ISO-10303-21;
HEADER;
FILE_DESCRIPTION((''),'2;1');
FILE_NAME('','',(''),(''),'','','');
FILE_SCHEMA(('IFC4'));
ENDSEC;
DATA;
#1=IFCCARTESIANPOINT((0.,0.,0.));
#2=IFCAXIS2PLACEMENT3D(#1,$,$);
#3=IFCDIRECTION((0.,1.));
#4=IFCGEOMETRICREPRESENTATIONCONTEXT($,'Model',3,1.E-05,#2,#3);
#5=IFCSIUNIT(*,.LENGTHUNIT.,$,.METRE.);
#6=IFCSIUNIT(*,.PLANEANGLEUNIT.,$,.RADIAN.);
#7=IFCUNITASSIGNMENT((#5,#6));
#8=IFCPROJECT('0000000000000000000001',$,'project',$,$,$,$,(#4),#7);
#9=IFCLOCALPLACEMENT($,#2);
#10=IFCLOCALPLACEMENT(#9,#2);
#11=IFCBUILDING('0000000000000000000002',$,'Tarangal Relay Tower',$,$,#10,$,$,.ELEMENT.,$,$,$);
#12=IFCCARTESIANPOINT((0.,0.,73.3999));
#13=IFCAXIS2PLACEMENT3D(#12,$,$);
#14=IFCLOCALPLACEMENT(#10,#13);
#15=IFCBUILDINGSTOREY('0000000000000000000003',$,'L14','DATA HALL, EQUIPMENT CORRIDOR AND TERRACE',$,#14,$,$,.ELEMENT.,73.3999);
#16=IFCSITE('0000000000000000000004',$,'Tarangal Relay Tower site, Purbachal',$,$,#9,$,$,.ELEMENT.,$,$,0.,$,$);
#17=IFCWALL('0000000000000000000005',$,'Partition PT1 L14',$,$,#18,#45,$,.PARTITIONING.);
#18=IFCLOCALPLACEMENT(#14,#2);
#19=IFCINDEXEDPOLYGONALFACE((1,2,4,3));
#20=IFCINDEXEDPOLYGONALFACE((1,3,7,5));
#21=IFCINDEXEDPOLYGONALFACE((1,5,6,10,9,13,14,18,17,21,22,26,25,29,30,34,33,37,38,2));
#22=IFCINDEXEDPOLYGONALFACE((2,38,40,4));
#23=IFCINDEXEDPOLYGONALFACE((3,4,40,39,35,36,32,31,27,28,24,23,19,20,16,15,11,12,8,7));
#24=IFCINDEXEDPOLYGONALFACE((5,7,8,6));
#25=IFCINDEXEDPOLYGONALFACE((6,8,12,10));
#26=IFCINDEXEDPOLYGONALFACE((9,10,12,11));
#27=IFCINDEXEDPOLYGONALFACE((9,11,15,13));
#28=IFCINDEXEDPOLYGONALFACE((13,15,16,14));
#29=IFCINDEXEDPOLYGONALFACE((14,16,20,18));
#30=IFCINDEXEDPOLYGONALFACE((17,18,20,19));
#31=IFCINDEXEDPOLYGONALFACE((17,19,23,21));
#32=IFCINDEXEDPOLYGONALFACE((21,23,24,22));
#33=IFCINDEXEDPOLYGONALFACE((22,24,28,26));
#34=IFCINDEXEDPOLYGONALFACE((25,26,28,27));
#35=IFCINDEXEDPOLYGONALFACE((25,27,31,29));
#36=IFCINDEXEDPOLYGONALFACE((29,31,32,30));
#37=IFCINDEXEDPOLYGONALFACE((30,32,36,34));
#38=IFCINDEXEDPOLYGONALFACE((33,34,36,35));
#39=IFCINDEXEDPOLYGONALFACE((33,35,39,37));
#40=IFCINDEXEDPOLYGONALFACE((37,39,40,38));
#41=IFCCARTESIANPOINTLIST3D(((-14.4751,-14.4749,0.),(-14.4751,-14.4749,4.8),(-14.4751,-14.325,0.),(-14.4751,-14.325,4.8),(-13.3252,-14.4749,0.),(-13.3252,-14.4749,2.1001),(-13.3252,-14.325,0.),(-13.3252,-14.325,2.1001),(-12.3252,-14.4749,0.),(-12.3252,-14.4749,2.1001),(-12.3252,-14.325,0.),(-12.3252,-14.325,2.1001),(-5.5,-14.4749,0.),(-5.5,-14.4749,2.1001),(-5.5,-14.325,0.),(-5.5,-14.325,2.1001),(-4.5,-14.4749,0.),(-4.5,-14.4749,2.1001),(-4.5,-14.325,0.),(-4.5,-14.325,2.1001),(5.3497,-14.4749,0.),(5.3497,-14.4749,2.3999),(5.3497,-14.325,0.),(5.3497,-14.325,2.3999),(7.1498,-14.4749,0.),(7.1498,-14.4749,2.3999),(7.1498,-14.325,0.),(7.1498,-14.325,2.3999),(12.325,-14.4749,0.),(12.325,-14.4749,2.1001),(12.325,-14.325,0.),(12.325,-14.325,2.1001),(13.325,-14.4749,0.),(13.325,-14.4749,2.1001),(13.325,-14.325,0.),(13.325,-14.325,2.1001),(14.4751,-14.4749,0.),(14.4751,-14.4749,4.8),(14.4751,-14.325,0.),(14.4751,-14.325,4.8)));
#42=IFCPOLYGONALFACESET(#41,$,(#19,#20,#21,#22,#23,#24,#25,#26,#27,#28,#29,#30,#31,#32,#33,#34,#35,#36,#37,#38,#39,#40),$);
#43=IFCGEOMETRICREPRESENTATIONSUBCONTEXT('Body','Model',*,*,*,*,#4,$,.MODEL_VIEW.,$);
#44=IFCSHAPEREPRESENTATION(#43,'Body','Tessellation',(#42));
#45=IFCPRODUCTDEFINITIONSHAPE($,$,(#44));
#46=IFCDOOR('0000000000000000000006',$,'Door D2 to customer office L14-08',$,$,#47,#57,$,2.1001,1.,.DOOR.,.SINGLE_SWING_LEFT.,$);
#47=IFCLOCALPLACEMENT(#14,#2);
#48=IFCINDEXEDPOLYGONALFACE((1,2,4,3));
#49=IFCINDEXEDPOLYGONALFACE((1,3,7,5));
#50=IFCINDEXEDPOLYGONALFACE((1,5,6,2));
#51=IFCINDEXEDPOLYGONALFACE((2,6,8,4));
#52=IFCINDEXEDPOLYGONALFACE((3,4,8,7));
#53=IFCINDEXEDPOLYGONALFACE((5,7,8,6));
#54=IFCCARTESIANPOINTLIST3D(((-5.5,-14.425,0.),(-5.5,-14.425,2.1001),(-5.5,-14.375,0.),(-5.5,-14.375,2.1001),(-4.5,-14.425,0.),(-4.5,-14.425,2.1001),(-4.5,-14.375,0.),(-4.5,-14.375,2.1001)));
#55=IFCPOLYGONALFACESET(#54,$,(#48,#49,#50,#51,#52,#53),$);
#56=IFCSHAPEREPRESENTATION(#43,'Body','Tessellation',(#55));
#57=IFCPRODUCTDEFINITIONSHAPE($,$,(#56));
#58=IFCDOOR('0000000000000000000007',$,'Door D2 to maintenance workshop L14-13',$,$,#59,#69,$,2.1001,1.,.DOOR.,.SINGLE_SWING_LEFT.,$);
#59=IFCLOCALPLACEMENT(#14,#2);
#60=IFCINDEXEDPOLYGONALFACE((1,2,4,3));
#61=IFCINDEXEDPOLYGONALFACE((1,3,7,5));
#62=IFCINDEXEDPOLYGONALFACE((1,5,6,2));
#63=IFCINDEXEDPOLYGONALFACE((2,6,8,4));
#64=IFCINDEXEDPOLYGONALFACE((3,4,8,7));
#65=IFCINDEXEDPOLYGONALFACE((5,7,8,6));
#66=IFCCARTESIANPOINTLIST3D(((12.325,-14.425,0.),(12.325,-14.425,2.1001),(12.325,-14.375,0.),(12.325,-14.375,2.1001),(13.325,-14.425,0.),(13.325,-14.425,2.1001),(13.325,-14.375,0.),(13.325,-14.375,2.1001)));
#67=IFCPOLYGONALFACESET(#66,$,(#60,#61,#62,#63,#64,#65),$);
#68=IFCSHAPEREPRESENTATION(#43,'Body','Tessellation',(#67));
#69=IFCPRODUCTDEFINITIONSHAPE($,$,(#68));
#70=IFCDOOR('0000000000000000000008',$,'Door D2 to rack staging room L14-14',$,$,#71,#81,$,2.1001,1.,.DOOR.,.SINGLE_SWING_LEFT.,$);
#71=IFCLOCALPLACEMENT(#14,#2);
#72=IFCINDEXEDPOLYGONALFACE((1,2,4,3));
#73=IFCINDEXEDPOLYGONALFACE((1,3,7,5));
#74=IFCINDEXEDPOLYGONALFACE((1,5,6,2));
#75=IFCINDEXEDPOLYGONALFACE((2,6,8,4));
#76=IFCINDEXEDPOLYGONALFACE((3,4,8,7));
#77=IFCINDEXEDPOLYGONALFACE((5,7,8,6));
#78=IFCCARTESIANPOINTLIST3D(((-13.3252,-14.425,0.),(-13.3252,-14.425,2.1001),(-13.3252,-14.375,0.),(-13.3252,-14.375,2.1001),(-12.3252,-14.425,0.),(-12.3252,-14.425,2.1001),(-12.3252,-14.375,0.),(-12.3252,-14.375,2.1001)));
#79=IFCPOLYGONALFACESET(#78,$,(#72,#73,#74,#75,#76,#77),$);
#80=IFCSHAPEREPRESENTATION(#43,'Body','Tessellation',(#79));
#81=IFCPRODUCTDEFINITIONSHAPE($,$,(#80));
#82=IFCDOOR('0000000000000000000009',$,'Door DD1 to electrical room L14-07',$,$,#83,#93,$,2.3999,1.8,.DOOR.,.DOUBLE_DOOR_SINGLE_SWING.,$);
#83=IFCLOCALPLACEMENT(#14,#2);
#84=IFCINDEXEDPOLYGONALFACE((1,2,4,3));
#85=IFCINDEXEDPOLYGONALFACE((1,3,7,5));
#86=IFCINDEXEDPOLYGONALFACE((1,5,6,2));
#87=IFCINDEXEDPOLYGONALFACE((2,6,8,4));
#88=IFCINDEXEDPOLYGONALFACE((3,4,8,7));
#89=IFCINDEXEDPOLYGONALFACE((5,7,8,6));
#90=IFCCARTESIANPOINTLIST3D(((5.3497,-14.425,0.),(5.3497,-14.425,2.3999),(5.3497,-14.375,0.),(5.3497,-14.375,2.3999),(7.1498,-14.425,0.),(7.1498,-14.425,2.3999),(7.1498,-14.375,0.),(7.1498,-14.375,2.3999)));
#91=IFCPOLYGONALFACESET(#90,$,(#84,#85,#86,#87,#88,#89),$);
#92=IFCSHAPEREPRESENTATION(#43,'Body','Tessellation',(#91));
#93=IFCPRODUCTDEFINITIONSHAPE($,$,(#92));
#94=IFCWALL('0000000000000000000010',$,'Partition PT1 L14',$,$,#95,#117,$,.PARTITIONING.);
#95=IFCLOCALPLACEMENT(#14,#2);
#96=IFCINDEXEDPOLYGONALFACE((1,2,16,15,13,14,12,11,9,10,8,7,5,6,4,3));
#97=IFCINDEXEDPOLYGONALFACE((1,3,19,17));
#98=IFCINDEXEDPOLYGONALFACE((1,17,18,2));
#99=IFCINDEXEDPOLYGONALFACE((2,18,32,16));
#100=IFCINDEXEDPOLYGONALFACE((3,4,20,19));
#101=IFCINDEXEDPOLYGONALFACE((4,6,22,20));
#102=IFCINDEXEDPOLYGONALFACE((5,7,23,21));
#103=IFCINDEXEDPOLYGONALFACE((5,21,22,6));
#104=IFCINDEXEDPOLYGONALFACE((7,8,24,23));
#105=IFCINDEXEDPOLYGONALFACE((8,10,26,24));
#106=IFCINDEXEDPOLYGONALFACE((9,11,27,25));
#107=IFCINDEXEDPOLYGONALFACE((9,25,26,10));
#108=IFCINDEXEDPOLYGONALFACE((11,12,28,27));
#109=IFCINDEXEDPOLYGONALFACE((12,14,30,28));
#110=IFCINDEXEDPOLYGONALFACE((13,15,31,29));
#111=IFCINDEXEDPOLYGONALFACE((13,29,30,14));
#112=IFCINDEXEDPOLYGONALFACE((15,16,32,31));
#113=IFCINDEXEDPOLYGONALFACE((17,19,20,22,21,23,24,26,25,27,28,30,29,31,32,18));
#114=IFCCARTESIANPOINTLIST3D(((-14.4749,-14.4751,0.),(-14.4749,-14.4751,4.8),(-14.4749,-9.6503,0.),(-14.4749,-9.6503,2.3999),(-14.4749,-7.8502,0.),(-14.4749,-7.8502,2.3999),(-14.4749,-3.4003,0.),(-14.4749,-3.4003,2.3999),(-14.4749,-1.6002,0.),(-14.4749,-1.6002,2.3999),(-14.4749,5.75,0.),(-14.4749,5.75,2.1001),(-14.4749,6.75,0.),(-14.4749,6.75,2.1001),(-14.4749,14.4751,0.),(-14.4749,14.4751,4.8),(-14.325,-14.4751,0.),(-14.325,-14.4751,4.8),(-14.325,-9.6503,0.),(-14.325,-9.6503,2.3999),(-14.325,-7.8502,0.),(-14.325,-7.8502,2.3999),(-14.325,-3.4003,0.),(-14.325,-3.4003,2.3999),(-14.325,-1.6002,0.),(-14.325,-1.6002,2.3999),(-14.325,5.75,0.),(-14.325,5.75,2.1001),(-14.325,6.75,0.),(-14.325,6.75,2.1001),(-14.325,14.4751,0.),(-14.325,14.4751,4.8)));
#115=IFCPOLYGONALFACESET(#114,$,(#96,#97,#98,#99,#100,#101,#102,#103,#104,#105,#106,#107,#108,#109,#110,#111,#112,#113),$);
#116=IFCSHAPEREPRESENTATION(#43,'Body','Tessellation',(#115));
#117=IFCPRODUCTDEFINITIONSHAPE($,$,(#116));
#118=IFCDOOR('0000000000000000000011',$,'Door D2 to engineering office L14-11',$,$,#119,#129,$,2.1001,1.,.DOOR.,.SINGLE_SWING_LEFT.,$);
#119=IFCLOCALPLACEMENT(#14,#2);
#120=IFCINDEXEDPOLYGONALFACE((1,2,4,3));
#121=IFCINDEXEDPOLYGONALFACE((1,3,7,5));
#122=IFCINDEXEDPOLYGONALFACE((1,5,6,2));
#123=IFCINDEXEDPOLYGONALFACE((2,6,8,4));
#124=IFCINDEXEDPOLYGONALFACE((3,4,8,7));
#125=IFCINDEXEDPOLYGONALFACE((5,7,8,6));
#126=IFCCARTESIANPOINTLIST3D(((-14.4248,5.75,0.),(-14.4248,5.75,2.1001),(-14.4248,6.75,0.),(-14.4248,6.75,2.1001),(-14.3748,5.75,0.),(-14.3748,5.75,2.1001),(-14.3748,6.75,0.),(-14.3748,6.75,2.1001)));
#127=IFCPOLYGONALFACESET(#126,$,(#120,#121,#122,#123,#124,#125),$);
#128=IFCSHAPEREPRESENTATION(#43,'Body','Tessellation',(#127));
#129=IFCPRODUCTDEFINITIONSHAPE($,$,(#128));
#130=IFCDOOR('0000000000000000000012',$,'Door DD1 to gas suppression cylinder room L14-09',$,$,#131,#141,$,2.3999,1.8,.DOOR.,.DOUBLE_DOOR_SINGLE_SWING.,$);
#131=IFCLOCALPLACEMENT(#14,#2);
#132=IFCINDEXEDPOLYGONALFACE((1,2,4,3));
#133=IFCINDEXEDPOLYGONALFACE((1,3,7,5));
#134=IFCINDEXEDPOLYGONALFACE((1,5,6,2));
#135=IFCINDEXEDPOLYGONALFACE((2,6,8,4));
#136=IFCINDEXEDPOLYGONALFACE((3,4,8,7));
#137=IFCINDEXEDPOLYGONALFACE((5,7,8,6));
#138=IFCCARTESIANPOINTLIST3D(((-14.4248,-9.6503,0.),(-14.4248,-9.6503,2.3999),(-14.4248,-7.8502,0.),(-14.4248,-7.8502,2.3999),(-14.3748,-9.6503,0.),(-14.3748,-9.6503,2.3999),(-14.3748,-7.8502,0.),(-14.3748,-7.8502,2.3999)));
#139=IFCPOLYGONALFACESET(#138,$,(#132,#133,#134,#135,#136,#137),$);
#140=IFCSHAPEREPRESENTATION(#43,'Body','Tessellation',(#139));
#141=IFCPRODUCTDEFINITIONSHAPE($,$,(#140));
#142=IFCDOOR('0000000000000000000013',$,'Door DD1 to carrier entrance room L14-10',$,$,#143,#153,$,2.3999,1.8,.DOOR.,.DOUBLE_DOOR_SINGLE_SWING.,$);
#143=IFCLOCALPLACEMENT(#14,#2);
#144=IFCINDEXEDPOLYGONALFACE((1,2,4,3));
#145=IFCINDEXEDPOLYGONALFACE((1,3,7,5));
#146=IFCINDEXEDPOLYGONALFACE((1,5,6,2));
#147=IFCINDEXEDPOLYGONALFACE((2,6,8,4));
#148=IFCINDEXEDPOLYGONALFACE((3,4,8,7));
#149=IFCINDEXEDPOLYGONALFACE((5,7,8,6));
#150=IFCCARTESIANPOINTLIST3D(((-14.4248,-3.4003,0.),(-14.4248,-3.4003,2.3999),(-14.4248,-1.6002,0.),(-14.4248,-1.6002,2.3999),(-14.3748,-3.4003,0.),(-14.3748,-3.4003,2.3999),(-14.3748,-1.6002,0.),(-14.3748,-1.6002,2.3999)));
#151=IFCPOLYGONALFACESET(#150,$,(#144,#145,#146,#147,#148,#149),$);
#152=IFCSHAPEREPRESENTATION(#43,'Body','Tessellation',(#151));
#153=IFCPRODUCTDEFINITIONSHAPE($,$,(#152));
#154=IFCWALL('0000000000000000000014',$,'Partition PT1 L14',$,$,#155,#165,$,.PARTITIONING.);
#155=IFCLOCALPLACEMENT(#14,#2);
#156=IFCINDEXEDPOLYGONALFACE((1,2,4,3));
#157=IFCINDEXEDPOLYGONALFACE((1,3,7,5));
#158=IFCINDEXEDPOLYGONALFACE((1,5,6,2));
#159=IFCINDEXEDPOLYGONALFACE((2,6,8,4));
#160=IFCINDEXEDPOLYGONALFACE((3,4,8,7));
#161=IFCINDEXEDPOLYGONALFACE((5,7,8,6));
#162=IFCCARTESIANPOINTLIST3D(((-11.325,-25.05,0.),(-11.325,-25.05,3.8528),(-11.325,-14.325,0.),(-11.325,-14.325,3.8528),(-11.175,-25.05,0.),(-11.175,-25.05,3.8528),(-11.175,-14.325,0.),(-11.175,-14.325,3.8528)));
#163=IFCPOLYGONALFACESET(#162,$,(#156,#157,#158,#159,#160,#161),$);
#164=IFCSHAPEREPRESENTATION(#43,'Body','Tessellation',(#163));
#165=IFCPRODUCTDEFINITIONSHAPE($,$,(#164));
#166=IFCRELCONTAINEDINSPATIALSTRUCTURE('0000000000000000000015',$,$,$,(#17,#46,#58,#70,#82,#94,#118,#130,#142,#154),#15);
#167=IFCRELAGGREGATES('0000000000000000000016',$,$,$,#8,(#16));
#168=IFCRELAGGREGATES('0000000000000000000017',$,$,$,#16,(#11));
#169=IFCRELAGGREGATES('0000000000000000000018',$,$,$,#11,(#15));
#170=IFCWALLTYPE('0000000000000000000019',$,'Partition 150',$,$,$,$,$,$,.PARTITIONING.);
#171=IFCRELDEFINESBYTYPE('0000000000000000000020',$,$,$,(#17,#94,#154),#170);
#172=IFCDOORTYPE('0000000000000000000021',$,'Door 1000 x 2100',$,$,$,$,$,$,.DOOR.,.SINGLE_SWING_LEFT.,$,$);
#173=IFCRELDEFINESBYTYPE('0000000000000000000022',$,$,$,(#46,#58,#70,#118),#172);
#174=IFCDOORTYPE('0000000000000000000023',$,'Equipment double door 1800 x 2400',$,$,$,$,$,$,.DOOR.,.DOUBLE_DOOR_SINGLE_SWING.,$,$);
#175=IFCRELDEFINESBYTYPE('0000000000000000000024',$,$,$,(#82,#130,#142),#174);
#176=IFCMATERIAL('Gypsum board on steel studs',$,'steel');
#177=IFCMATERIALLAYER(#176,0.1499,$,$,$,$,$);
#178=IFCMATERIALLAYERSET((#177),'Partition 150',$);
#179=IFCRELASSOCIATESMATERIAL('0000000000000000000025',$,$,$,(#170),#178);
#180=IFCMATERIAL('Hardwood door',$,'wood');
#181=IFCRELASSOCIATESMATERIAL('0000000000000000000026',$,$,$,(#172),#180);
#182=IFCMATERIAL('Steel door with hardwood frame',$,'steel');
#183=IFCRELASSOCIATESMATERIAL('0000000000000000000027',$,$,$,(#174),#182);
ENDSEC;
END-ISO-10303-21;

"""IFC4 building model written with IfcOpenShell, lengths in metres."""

from ifc_helpers import new_model, si_unit, direction, frame, frame_2d, origin, place, context, subcontext, project, spatial, rectangle, extrude, material, layer, layer_set, type_object, element, fill, save


model = new_model("IFC4")

# Units and contexts
model_context = context("Model", 3, precision=1e-05, world=origin(), true_north=direction((0.0, 1.0)))
body_context = subcontext(model_context, "Body", "Model", "MODEL_VIEW")
ifc_project = project(units=[si_unit("LENGTHUNIT", "METRE"), si_unit("PLANEANGLEUNIT", "RADIAN")], contexts=[model_context])

# Site, building, storey
site_placement = place(None, origin())
site = spatial("IfcSite", under=ifc_project, at=site_placement, Name="Tarangal Relay Tower site, Purbachal", CompositionType="ELEMENT", RefElevation=0.0)
building_placement = place(site_placement, origin())
building = spatial("IfcBuilding", under=site, at=building_placement, Name="Tarangal Relay Tower", CompositionType="ELEMENT")
storey_placement = place(building_placement, frame((0.0, 0.0, 73.3999)))
storey = spatial("IfcBuildingStorey", under=building, at=storey_placement, Name="L14", Description="DATA HALL, EQUIPMENT CORRIDOR AND TERRACE", CompositionType="ELEMENT", Elevation=73.3999)

# Walls, openings, doors
ifc_material_1 = material(Name="Gypsum board on steel studs", Category="steel")
ifc_layer_1 = layer(ifc_material_1, 0.1499)
ifc_layer_set_1 = layer_set([ifc_layer_1], Name="Partition 150")
wall_type_1 = type_object("IfcWallType", Name="Partition 150", PredefinedType="PARTITIONING", material=ifc_layer_set_1)
wall_1_placement = place(storey_placement, frame((-14.4751, -14.3999, 0.0), z_axis=(0.0, 0.0, 1.0), x_axis=(1.0, 0.0, 0.0)))
wall_1 = element("IfcWall", 1, at=wall_1_placement, inside=storey, type_object=wall_type_1, Name="Partition PT1 L14", PredefinedType="PARTITIONING", context=body_context, shape_type="SweptSolid", body=[
    extrude(rectangle(XDim=28.9502, YDim=0.1499, at=frame_2d((14.4751, 0.0))), origin(), (0.0, 0.0, 1.0), 4.8),
])
opening_1_placement = place(wall_1_placement, frame((19.825, 0.0, 0.0)))
opening_1 = element("IfcOpeningElement", 2, at=opening_1_placement, cuts=wall_1, PredefinedType="OPENING", context=body_context, shape_type="SweptSolid", body=[
    extrude(rectangle(XDim=1.8, YDim=2.3999, at=frame_2d((0.8999, 1.2))), frame((0.0, 0.085, 0.0), z_axis=(0.0, -1.0, 0.0), x_axis=(1.0, 0.0, 0.0)), (0.0, 0.0, 1.0), 0.1699),
])
opening_2_placement = place(wall_1_placement, frame((8.9751, 0.0, 0.0)))
opening_2 = element("IfcOpeningElement", 3, at=opening_2_placement, cuts=wall_1, PredefinedType="OPENING", context=body_context, shape_type="SweptSolid", body=[
    extrude(rectangle(XDim=1.0, YDim=2.1001, at=frame_2d((0.5, 1.05))), frame((0.0, 0.085, 0.0), z_axis=(0.0, -1.0, 0.0), x_axis=(1.0, 0.0, 0.0)), (0.0, 0.0, 1.0), 0.1699),
])
opening_3_placement = place(wall_1_placement, frame((26.8, 0.0, 0.0)))
opening_3 = element("IfcOpeningElement", 4, at=opening_3_placement, cuts=wall_1, PredefinedType="OPENING", context=body_context, shape_type="SweptSolid", body=[
    extrude(rectangle(XDim=1.0, YDim=2.1001, at=frame_2d((0.5, 1.05))), frame((0.0, 0.085, 0.0), z_axis=(0.0, -1.0, 0.0), x_axis=(1.0, 0.0, 0.0)), (0.0, 0.0, 1.0), 0.1699),
])
opening_4_placement = place(wall_1_placement, frame((1.1499, 0.0, 0.0)))
opening_4 = element("IfcOpeningElement", 5, at=opening_4_placement, cuts=wall_1, PredefinedType="OPENING", context=body_context, shape_type="SweptSolid", body=[
    extrude(rectangle(XDim=1.0, YDim=2.1001, at=frame_2d((0.5, 1.05))), frame((0.0, 0.085, 0.0), z_axis=(0.0, -1.0, 0.0), x_axis=(1.0, 0.0, 0.0)), (0.0, 0.0, 1.0), 0.1699),
])
ifc_material_2 = material(Name="Hardwood door", Category="wood")
door_type_1 = type_object("IfcDoorType", Name="Door 1000 x 2100", OperationType="SINGLE_SWING_LEFT", PredefinedType="DOOR", material=ifc_material_2)
door_1_placement = place(opening_2_placement, origin())
door_1 = element("IfcDoor", 6, at=door_1_placement, inside=storey, type_object=door_type_1, Name="Door D2 to customer office L14-08", OperationType="SINGLE_SWING_LEFT", OverallHeight=2.1001, OverallWidth=1.0, PredefinedType="DOOR", context=body_context, shape_type="SweptSolid", body=[
    extrude(rectangle(XDim=1.0, YDim=2.1001, at=frame_2d((0.5, 1.05))), frame((0.0, 0.0249, 0.0), z_axis=(0.0, -1.0, 0.0), x_axis=(1.0, 0.0, 0.0)), (0.0, 0.0, 1.0), 0.05),
])
fill(opening_2, door_1)
door_2_placement = place(opening_3_placement, origin())
door_2 = element("IfcDoor", 7, at=door_2_placement, inside=storey, type_object=door_type_1, Name="Door D2 to maintenance workshop L14-13", OperationType="SINGLE_SWING_LEFT", OverallHeight=2.1001, OverallWidth=1.0, PredefinedType="DOOR", context=body_context, shape_type="SweptSolid", body=[
    extrude(rectangle(XDim=1.0, YDim=2.1001, at=frame_2d((0.5, 1.05))), frame((0.0, 0.0249, 0.0), z_axis=(0.0, -1.0, 0.0), x_axis=(1.0, 0.0, 0.0)), (0.0, 0.0, 1.0), 0.05),
])
fill(opening_3, door_2)
door_3_placement = place(opening_4_placement, origin())
door_3 = element("IfcDoor", 8, at=door_3_placement, inside=storey, type_object=door_type_1, Name="Door D2 to rack staging room L14-14", OperationType="SINGLE_SWING_LEFT", OverallHeight=2.1001, OverallWidth=1.0, PredefinedType="DOOR", context=body_context, shape_type="SweptSolid", body=[
    extrude(rectangle(XDim=1.0, YDim=2.1001, at=frame_2d((0.5, 1.05))), frame((0.0, 0.0249, 0.0), z_axis=(0.0, -1.0, 0.0), x_axis=(1.0, 0.0, 0.0)), (0.0, 0.0, 1.0), 0.05),
])
fill(opening_4, door_3)
ifc_material_3 = material(Name="Steel door with hardwood frame", Category="steel")
door_type_2 = type_object("IfcDoorType", Name="Equipment double door 1800 x 2400", OperationType="DOUBLE_DOOR_SINGLE_SWING", PredefinedType="DOOR", material=ifc_material_3)
door_4_placement = place(opening_1_placement, origin())
door_4 = element("IfcDoor", 9, at=door_4_placement, inside=storey, type_object=door_type_2, Name="Door DD1 to electrical room L14-07", OperationType="DOUBLE_DOOR_SINGLE_SWING", OverallHeight=2.3999, OverallWidth=1.8, PredefinedType="DOOR", context=body_context, shape_type="SweptSolid", body=[
    extrude(rectangle(XDim=1.8, YDim=2.3999, at=frame_2d((0.8999, 1.2))), frame((0.0, 0.0249, 0.0), z_axis=(0.0, -1.0, 0.0), x_axis=(1.0, 0.0, 0.0)), (0.0, 0.0, 1.0), 0.05),
])
fill(opening_1, door_4)
wall_2_placement = place(storey_placement, frame((-14.3999, -14.4751, 0.0), z_axis=(0.0, 0.0, 1.0), x_axis=(0.0, 1.0, 0.0)))
wall_2 = element("IfcWall", 10, at=wall_2_placement, inside=storey, type_object=wall_type_1, Name="Partition PT1 L14", PredefinedType="PARTITIONING", context=body_context, shape_type="SweptSolid", body=[
    extrude(rectangle(XDim=28.9502, YDim=0.1499, at=frame_2d((14.4751, 0.0))), origin(), (0.0, 0.0, 1.0), 4.8),
])
opening_5_placement = place(wall_2_placement, frame((4.825, 0.0, 0.0)))
opening_5 = element("IfcOpeningElement", 11, at=opening_5_placement, cuts=wall_2, PredefinedType="OPENING", context=body_context, shape_type="SweptSolid", body=[
    extrude(rectangle(XDim=1.8, YDim=2.3999, at=frame_2d((0.8999, 1.2))), frame((0.0, 0.085, 0.0), z_axis=(0.0, -1.0, 0.0), x_axis=(1.0, 0.0, 0.0)), (0.0, 0.0, 1.0), 0.1699),
])
opening_6_placement = place(wall_2_placement, frame((11.075, 0.0, 0.0)))
opening_6 = element("IfcOpeningElement", 12, at=opening_6_placement, cuts=wall_2, PredefinedType="OPENING", context=body_context, shape_type="SweptSolid", body=[
    extrude(rectangle(XDim=1.8, YDim=2.3999, at=frame_2d((0.8999, 1.2))), frame((0.0, 0.085, 0.0), z_axis=(0.0, -1.0, 0.0), x_axis=(1.0, 0.0, 0.0)), (0.0, 0.0, 1.0), 0.1699),
])
opening_7_placement = place(wall_2_placement, frame((20.2251, 0.0, 0.0)))
opening_7 = element("IfcOpeningElement", 13, at=opening_7_placement, cuts=wall_2, PredefinedType="OPENING", context=body_context, shape_type="SweptSolid", body=[
    extrude(rectangle(XDim=1.0, YDim=2.1001, at=frame_2d((0.5, 1.05))), frame((0.0, 0.085, 0.0), z_axis=(0.0, -1.0, 0.0), x_axis=(1.0, 0.0, 0.0)), (0.0, 0.0, 1.0), 0.1699),
])
door_5_placement = place(opening_7_placement, origin())
door_5 = element("IfcDoor", 14, at=door_5_placement, inside=storey, type_object=door_type_1, Name="Door D2 to engineering office L14-11", OperationType="SINGLE_SWING_LEFT", OverallHeight=2.1001, OverallWidth=1.0, PredefinedType="DOOR", context=body_context, shape_type="SweptSolid", body=[
    extrude(rectangle(XDim=1.0, YDim=2.1001, at=frame_2d((0.5, 1.05))), frame((0.0, 0.0249, 0.0), z_axis=(0.0, -1.0, 0.0), x_axis=(1.0, 0.0, 0.0)), (0.0, 0.0, 1.0), 0.05),
])
fill(opening_7, door_5)
door_6_placement = place(opening_5_placement, origin())
door_6 = element("IfcDoor", 15, at=door_6_placement, inside=storey, type_object=door_type_2, Name="Door DD1 to gas suppression cylinder room L14-09", OperationType="DOUBLE_DOOR_SINGLE_SWING", OverallHeight=2.3999, OverallWidth=1.8, PredefinedType="DOOR", context=body_context, shape_type="SweptSolid", body=[
    extrude(rectangle(XDim=1.8, YDim=2.3999, at=frame_2d((0.8999, 1.2))), frame((0.0, 0.0249, 0.0), z_axis=(0.0, -1.0, 0.0), x_axis=(1.0, 0.0, 0.0)), (0.0, 0.0, 1.0), 0.05),
])
fill(opening_5, door_6)
door_7_placement = place(opening_6_placement, origin())
door_7 = element("IfcDoor", 16, at=door_7_placement, inside=storey, type_object=door_type_2, Name="Door DD1 to carrier entrance room L14-10", OperationType="DOUBLE_DOOR_SINGLE_SWING", OverallHeight=2.3999, OverallWidth=1.8, PredefinedType="DOOR", context=body_context, shape_type="SweptSolid", body=[
    extrude(rectangle(XDim=1.8, YDim=2.3999, at=frame_2d((0.8999, 1.2))), frame((0.0, 0.0249, 0.0), z_axis=(0.0, -1.0, 0.0), x_axis=(1.0, 0.0, 0.0)), (0.0, 0.0, 1.0), 0.05),
])
fill(opening_6, door_7)

# Wall
wall_3_placement = place(storey_placement, frame((-11.25, -25.05, 0.0), z_axis=(0.0, 0.0, 1.0), x_axis=(0.0, 1.0, 0.0)))
element("IfcWall", 17, at=wall_3_placement, inside=storey, type_object=wall_type_1, Name="Partition PT1 L14", PredefinedType="PARTITIONING", context=body_context, shape_type="SweptSolid", body=[
    extrude(rectangle(XDim=10.7251, YDim=0.1499, at=frame_2d((5.3625, 0.0))), origin(), (0.0, 0.0, 1.0), 3.8528),
])

save(model, "model.ifc")
